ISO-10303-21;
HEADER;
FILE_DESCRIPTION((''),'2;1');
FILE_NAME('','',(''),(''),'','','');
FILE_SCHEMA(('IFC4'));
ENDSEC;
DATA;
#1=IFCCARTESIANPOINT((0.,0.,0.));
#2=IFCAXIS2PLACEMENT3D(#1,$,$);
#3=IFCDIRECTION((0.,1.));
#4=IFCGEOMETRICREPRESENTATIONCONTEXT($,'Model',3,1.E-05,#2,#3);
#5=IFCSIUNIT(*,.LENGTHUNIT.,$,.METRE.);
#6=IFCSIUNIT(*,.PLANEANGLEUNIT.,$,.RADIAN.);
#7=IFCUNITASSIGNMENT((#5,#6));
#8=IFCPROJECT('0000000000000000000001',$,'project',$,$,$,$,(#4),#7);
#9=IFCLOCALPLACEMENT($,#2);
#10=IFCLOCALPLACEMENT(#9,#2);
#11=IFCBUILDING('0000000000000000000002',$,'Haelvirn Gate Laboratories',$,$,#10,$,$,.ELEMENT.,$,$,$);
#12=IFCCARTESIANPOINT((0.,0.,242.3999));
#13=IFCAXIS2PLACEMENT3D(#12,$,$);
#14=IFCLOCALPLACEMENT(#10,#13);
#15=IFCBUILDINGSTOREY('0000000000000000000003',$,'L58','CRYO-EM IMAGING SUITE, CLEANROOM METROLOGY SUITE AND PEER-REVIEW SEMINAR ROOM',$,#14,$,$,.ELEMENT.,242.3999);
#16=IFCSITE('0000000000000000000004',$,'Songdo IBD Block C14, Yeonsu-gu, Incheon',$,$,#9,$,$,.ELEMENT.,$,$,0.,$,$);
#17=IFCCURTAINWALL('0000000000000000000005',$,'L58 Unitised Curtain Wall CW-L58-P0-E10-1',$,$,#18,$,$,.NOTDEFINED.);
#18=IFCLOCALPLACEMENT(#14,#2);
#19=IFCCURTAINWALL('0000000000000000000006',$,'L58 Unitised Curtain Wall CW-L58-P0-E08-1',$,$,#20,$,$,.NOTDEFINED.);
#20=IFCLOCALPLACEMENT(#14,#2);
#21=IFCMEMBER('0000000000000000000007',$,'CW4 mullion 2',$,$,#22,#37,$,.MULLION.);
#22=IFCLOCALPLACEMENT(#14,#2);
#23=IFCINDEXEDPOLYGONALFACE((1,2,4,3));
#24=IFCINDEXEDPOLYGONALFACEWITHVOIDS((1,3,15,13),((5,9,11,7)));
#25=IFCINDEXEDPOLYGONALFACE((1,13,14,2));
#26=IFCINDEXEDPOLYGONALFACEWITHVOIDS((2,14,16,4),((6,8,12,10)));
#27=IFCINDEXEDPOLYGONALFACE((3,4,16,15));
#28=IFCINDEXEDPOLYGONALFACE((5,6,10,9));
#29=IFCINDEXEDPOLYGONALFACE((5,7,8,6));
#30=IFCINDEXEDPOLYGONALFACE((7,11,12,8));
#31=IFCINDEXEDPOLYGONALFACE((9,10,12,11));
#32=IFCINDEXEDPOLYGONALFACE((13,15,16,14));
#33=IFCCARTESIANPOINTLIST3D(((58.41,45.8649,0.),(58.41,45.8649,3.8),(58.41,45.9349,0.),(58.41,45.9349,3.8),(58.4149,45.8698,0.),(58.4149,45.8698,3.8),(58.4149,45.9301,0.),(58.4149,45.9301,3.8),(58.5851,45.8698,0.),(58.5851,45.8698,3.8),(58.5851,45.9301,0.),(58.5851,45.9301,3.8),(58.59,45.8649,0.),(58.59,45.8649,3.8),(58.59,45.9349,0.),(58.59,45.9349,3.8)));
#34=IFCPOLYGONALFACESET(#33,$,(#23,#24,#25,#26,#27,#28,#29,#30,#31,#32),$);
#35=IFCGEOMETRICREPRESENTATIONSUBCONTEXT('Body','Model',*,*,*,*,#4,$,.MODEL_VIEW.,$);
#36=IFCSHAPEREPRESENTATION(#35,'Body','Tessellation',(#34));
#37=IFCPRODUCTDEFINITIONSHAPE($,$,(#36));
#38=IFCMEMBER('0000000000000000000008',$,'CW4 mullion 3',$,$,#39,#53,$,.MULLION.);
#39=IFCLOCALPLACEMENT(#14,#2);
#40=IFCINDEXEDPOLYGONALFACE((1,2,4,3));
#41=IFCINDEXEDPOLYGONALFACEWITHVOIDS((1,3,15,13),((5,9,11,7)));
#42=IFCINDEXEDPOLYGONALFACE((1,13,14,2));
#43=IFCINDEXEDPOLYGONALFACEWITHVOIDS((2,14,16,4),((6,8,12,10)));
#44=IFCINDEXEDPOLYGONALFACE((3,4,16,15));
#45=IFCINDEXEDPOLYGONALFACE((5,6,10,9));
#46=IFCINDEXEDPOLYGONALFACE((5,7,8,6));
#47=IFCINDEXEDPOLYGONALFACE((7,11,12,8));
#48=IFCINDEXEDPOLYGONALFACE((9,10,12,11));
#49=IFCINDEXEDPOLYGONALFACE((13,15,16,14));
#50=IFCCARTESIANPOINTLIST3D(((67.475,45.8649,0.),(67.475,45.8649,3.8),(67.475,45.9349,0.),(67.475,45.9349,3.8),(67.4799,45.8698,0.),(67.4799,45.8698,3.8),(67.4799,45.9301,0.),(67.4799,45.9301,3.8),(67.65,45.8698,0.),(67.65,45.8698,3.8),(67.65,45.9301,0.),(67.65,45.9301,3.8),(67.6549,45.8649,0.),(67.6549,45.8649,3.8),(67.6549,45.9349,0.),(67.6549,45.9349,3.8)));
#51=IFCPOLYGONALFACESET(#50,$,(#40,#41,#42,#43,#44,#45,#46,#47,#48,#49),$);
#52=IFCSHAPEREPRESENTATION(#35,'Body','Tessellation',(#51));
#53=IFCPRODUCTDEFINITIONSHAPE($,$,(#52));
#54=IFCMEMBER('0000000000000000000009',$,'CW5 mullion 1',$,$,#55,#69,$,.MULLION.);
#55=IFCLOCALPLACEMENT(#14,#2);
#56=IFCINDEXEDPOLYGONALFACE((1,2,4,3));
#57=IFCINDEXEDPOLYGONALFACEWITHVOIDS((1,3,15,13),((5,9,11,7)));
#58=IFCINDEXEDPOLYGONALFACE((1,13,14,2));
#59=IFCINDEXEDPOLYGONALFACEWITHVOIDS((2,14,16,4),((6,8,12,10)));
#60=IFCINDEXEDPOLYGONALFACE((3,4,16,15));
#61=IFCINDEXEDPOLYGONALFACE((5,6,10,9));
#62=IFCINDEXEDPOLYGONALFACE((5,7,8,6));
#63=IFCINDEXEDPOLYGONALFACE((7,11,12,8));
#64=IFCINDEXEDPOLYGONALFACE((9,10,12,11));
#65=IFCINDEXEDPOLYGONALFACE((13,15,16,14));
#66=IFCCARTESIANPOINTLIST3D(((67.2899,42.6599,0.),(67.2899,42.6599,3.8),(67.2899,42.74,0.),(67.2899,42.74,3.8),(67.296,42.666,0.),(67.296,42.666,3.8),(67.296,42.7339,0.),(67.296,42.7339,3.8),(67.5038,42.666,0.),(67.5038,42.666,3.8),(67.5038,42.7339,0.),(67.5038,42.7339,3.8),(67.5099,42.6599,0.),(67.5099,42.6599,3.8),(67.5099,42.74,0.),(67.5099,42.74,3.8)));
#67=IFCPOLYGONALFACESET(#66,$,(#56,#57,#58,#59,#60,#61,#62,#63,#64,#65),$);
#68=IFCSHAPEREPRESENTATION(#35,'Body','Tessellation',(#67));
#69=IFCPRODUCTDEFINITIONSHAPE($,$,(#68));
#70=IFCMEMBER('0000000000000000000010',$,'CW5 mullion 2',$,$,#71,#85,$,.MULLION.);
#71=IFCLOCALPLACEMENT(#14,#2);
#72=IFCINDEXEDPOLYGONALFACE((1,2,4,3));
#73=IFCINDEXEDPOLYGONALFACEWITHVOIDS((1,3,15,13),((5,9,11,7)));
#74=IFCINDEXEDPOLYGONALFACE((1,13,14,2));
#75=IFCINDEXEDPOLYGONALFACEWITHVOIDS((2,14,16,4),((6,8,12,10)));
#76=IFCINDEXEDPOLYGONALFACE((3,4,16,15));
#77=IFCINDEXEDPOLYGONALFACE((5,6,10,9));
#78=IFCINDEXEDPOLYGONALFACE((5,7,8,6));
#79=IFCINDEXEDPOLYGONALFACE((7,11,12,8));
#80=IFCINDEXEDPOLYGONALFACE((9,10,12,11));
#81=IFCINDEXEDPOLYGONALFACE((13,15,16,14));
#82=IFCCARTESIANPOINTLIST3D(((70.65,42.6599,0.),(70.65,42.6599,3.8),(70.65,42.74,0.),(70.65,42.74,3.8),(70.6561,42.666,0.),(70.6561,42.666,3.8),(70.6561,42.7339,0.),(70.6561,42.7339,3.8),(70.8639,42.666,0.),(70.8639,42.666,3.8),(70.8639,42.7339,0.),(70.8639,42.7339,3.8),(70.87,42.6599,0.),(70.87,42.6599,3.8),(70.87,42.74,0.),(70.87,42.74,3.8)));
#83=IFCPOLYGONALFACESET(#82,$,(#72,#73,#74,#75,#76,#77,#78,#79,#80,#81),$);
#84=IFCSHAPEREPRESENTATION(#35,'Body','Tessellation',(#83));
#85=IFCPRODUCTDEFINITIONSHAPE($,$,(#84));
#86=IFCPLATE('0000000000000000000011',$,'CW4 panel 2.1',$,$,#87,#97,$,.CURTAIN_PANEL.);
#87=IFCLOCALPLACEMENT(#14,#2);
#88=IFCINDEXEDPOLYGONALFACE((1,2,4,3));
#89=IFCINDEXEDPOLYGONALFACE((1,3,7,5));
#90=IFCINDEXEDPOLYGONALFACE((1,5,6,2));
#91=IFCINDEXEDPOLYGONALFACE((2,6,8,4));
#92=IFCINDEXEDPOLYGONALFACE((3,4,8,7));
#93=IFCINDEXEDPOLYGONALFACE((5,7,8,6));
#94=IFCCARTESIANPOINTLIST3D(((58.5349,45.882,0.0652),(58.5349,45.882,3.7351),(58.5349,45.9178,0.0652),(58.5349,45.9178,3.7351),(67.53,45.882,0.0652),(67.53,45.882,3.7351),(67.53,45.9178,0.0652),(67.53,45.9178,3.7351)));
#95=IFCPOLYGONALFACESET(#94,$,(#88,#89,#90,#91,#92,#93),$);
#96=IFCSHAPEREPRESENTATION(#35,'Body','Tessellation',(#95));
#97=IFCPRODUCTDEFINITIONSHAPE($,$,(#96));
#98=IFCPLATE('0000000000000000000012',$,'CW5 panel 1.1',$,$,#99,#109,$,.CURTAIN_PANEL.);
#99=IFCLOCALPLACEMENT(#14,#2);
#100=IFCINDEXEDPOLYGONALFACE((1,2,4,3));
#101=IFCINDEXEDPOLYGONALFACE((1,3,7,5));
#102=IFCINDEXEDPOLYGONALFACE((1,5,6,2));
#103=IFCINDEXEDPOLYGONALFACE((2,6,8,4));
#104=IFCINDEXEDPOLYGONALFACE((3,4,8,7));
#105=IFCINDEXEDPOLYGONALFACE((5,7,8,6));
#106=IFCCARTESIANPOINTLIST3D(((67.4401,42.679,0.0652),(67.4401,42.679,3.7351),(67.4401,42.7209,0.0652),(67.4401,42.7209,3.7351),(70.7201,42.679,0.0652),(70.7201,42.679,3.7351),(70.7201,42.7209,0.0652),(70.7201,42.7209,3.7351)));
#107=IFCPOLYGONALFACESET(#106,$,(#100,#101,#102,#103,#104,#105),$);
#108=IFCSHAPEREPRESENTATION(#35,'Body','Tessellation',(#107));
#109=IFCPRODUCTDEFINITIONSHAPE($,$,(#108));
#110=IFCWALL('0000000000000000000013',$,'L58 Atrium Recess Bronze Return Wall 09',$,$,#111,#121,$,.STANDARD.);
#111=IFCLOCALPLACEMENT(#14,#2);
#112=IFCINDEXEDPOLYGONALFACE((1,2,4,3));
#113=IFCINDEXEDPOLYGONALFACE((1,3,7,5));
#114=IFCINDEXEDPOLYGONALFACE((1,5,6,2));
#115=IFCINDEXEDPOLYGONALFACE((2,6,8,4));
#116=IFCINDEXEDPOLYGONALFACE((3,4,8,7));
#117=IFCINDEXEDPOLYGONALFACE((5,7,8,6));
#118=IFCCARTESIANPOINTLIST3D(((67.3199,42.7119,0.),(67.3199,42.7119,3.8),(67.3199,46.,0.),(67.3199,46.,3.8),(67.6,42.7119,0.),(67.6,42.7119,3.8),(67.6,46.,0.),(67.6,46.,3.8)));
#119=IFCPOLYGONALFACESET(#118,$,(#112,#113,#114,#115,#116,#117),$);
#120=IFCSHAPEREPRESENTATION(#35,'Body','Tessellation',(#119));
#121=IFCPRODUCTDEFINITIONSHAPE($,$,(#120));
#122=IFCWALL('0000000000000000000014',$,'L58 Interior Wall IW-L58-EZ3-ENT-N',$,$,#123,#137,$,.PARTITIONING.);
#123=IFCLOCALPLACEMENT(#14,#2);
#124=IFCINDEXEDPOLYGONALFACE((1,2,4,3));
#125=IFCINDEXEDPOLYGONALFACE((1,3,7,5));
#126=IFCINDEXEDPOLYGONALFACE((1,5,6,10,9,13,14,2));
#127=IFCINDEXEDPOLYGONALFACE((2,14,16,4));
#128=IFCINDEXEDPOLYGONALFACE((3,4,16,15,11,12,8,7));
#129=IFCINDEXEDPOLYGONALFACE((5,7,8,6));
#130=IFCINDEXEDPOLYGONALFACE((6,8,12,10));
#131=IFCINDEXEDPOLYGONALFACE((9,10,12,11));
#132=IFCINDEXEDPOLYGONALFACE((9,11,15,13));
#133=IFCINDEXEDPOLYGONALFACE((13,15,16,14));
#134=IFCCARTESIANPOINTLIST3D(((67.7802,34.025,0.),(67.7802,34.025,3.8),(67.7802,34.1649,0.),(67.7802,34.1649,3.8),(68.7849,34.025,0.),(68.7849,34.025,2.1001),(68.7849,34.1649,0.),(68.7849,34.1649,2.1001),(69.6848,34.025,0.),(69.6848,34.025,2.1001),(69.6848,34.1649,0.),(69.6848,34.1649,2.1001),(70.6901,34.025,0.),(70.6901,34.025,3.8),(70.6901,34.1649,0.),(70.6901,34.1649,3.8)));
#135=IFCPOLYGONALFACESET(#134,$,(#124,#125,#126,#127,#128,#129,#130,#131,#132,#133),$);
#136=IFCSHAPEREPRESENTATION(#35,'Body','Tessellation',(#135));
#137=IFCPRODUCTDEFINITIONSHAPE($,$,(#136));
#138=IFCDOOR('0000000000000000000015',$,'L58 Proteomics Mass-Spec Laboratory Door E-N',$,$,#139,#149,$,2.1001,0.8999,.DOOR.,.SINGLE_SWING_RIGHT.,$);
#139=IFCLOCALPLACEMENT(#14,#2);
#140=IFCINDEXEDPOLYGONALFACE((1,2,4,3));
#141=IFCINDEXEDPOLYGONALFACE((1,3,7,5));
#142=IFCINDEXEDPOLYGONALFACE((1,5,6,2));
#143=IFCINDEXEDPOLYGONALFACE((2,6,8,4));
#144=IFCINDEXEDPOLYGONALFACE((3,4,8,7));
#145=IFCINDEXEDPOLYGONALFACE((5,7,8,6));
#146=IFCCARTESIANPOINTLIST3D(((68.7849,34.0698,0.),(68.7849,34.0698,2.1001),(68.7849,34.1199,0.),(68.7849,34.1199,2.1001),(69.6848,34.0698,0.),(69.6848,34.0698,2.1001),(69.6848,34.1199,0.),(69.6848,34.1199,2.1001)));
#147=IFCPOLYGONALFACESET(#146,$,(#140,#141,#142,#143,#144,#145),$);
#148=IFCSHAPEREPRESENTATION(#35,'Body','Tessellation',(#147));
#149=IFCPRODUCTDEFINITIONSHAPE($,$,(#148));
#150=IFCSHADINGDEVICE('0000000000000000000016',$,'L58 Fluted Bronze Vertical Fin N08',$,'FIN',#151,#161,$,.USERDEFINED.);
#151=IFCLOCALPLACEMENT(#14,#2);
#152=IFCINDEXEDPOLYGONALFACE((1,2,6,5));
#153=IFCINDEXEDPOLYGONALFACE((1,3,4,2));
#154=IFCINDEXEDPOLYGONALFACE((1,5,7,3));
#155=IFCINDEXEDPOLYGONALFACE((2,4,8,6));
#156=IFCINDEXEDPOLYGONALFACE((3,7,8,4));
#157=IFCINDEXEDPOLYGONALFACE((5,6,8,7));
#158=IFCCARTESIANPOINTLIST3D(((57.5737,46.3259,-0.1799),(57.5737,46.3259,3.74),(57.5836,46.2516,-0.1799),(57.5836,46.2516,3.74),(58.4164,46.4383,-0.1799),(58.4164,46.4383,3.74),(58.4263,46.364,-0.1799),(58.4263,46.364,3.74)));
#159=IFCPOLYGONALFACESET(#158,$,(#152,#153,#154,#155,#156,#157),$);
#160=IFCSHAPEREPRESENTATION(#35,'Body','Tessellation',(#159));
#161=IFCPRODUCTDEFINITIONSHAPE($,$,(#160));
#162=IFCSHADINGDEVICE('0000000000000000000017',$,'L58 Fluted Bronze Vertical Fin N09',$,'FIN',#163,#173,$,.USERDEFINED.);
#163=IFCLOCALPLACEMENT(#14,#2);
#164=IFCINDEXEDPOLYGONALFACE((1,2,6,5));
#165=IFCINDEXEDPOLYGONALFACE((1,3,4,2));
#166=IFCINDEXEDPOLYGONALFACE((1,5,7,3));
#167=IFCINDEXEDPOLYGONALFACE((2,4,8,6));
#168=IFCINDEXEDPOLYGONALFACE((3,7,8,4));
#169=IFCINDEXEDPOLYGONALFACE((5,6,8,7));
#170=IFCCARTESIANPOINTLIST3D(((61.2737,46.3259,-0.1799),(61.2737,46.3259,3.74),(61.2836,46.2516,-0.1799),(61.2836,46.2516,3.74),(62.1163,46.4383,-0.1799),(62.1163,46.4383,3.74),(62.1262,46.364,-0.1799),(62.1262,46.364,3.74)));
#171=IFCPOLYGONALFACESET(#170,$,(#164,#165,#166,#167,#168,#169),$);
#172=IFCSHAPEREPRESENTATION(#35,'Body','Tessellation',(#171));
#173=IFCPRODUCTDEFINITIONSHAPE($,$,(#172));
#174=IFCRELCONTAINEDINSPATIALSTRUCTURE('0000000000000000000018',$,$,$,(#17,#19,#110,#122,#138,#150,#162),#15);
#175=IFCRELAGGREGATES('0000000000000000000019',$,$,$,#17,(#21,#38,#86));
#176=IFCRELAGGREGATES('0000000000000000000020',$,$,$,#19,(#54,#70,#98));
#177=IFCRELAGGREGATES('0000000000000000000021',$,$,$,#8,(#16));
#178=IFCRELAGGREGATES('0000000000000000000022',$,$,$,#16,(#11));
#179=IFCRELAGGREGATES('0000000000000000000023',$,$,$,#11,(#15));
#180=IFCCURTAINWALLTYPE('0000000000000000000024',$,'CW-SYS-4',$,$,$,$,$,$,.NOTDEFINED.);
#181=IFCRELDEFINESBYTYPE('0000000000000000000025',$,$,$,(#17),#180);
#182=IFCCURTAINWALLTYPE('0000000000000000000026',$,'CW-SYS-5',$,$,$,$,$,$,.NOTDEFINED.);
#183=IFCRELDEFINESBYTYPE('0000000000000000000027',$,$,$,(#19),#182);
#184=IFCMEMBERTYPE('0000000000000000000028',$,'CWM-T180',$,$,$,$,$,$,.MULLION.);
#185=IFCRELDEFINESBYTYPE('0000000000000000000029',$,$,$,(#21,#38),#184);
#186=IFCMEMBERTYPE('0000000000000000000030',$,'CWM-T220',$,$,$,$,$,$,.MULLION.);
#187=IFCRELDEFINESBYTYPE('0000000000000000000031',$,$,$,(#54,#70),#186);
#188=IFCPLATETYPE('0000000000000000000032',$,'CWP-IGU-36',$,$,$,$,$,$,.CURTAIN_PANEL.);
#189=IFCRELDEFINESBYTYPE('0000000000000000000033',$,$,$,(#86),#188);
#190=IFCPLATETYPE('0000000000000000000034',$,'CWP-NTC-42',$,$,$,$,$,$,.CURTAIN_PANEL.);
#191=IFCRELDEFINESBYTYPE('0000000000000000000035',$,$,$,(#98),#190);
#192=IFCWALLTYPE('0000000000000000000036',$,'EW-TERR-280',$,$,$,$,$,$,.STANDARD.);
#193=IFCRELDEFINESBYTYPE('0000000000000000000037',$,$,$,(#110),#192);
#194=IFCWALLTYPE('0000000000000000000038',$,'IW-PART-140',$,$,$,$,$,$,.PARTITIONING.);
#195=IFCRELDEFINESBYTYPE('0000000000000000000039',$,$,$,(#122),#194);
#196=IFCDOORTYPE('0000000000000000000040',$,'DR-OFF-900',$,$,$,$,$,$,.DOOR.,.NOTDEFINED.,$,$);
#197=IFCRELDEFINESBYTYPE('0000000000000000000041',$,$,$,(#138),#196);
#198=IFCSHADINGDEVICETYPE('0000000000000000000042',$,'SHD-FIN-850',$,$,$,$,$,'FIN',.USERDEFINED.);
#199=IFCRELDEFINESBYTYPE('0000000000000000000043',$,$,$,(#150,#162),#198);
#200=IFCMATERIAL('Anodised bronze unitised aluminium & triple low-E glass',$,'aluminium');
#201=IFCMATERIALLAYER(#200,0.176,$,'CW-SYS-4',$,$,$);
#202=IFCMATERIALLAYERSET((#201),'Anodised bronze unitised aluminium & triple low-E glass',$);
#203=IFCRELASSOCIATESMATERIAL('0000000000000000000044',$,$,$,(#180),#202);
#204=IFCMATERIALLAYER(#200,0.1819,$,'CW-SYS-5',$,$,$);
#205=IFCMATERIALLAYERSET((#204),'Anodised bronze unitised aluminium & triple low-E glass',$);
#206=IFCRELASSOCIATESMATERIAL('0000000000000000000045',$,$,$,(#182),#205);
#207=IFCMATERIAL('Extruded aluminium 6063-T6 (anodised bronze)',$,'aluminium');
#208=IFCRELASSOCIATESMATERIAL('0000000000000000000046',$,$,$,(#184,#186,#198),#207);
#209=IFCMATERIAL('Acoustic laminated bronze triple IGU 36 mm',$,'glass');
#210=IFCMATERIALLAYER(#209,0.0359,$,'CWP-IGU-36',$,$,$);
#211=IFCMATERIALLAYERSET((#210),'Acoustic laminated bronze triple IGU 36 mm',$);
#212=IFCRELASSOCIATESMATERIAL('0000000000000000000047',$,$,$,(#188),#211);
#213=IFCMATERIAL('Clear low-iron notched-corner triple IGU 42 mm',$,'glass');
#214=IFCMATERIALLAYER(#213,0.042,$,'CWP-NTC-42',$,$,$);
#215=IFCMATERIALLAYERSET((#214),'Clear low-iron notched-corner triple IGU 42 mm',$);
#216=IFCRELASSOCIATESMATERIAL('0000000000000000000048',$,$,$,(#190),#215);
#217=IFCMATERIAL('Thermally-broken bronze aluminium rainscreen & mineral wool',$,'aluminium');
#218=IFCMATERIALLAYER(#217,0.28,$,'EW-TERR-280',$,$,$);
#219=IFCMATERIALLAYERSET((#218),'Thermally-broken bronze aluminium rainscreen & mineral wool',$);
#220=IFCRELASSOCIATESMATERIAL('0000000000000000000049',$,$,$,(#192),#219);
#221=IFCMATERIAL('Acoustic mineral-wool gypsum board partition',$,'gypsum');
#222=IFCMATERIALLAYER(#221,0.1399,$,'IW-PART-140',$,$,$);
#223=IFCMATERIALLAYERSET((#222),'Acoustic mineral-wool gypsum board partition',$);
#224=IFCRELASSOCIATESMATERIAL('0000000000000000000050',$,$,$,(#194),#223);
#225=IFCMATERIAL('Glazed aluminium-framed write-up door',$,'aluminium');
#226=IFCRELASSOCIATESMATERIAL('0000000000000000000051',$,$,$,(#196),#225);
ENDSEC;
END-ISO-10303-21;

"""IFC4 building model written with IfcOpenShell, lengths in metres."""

from ifc_helpers import new_model, si_unit, direction, frame, frame_2d, origin, origin_2d, place, context, subcontext, project, spatial, rectangle, hollow_rectangle, extrude, source, transform, mapped, material, layer, layer_set, material_profile, profile_set, type_object, type_shapes, element, fill, aggregate, save


model = new_model("IFC4")

# Units and contexts
model_context = context("Model", 3, precision=1e-05, world=origin(), true_north=direction((0.0, 1.0)))
body_context = subcontext(model_context, "Body", "Model", "MODEL_VIEW")
ifc_project = project(units=[si_unit("LENGTHUNIT", "METRE"), si_unit("PLANEANGLEUNIT", "RADIAN")], contexts=[model_context])

# Site, building, storey
site_placement = place(None, origin())
site = spatial("IfcSite", under=ifc_project, at=site_placement, Name="Songdo IBD Block C14, Yeonsu-gu, Incheon", CompositionType="ELEMENT", RefElevation=0.0)
building_placement = place(site_placement, origin())
building = spatial("IfcBuilding", under=site, at=building_placement, Name="Haelvirn Gate Laboratories", CompositionType="ELEMENT")
storey_placement = place(building_placement, frame((0.0, 0.0, 242.3999)))
storey = spatial("IfcBuildingStorey", under=building, at=storey_placement, Name="L58", Description="CRYO-EM IMAGING SUITE, CLEANROOM METROLOGY SUITE AND PEER-REVIEW SEMINAR ROOM", CompositionType="ELEMENT", Elevation=242.3999)

# Curtain walls
ifc_material_1 = material(Name="Anodised bronze unitised aluminium & triple low-E glass", Category="aluminium")
ifc_layer_1 = layer(ifc_material_1, 0.176, Name="CW-SYS-4")
ifc_layer_set_1 = layer_set([ifc_layer_1], Name="Anodised bronze unitised aluminium & triple low-E glass")
curtain_wall_type_1 = type_object("IfcCurtainWallType", Name="CW-SYS-4", PredefinedType="NOTDEFINED", material=ifc_layer_set_1)
curtain_wall_1_placement = place(storey_placement, origin())
curtain_wall_1 = element("IfcCurtainWall", 1, at=curtain_wall_1_placement, inside=storey, type_object=curtain_wall_type_1, Name="L58 Unitised Curtain Wall CW-L58-P0-E10-1", PredefinedType="NOTDEFINED")
ifc_material_2 = material(Name="Extruded aluminium 6063-T6 (anodised bronze)", Category="aluminium")
ifc_layer_2 = layer(ifc_material_1, 0.1819, Name="CW-SYS-5")
ifc_layer_set_2 = layer_set([ifc_layer_2], Name="Anodised bronze unitised aluminium & triple low-E glass")
curtain_wall_type_2 = type_object("IfcCurtainWallType", Name="CW-SYS-5", PredefinedType="NOTDEFINED", material=ifc_layer_set_2)
curtain_wall_2_placement = place(storey_placement, origin())
curtain_wall_2 = element("IfcCurtainWall", 2, at=curtain_wall_2_placement, inside=storey, type_object=curtain_wall_type_2, Name="L58 Unitised Curtain Wall CW-L58-P0-E08-1", PredefinedType="NOTDEFINED")

# Shared definitions
ifc_material_profile_1 = material_profile(ifc_material_2, hollow_rectangle(XDim=0.0701, YDim=0.1799, WallThickness=0.0049, at=origin_2d()), Name="CWM-180x70x5")
ifc_profile_set_1 = profile_set([ifc_material_profile_1], Name="Extruded aluminium 6063-T6 (anodised bronze)")
member_type_1 = type_object("IfcMemberType", Name="CWM-T180", PredefinedType="MULLION", material=ifc_profile_set_1)
shared_shape_1 = source(origin(), body_context, "Body", "SweptSolid", [
    extrude(hollow_rectangle(XDim=0.0701, YDim=0.1799, WallThickness=0.0049, at=origin_2d()), origin(), (0.0, 0.0, 1.0), 3.8),
])
type_shapes(member_type_1, [shared_shape_1])

# Members
member_1_placement = place(storey_placement, frame((58.5, 45.8999, 0.0), z_axis=(0.0, 0.0, 1.0), x_axis=(0.0, 1.0, 0.0)))
member_1 = element("IfcMember", 3, at=member_1_placement, type_object=member_type_1, Name="CW4 mullion 2", PredefinedType="MULLION", context=body_context, shape_type="MappedRepresentation", body=[
    mapped(shared_shape_1, transform((0.0, 0.0, 0.0), scale=1.0)),
])
member_2_placement = place(storey_placement, frame((67.5649, 45.8999, 0.0), z_axis=(0.0, 0.0, 1.0), x_axis=(0.0, 1.0, 0.0)))
member_2 = element("IfcMember", 4, at=member_2_placement, type_object=member_type_1, Name="CW4 mullion 3", PredefinedType="MULLION", context=body_context, shape_type="MappedRepresentation", body=[
    mapped(shared_shape_1, transform((0.0, 0.0, 0.0), scale=1.0)),
])
ifc_material_profile_2 = material_profile(ifc_material_2, hollow_rectangle(XDim=0.0801, YDim=0.22, WallThickness=0.0061, at=origin_2d()), Name="CWM-220x80x6")
ifc_profile_set_2 = profile_set([ifc_material_profile_2], Name="Extruded aluminium 6063-T6 (anodised bronze)")
member_type_2 = type_object("IfcMemberType", Name="CWM-T220", PredefinedType="MULLION", material=ifc_profile_set_2)
shared_shape_2 = source(origin(), body_context, "Body", "SweptSolid", [
    extrude(hollow_rectangle(XDim=0.0801, YDim=0.22, WallThickness=0.0061, at=origin_2d()), origin(), (0.0, 0.0, 1.0), 3.8),
])
type_shapes(member_type_2, [shared_shape_2])
member_3_placement = place(storey_placement, frame((67.3999, 42.7, 0.0), z_axis=(0.0, 0.0, 1.0), x_axis=(0.0, 1.0, 0.0)))
member_3 = element("IfcMember", 5, at=member_3_placement, type_object=member_type_2, Name="CW5 mullion 1", PredefinedType="MULLION", context=body_context, shape_type="MappedRepresentation", body=[
    mapped(shared_shape_2, transform((0.0, 0.0, 0.0), scale=1.0)),
])
member_4_placement = place(storey_placement, frame((70.76, 42.7, 0.0), z_axis=(0.0, 0.0, 1.0), x_axis=(0.0, 1.0, 0.0)))
member_4 = element("IfcMember", 6, at=member_4_placement, type_object=member_type_2, Name="CW5 mullion 2", PredefinedType="MULLION", context=body_context, shape_type="MappedRepresentation", body=[
    mapped(shared_shape_2, transform((0.0, 0.0, 0.0), scale=1.0)),
])

# Plates
ifc_material_3 = material(Name="Acoustic laminated bronze triple IGU 36 mm", Category="glass")
ifc_layer_3 = layer(ifc_material_3, 0.0359, Name="CWP-IGU-36")
ifc_layer_set_3 = layer_set([ifc_layer_3], Name="Acoustic laminated bronze triple IGU 36 mm")
plate_type_1 = type_object("IfcPlateType", Name="CWP-IGU-36", PredefinedType="CURTAIN_PANEL", material=ifc_layer_set_3)
shared_shape_3 = source(origin(), body_context, "Body", "SweptSolid", [
    extrude(rectangle(XDim=8.9951, YDim=0.0359, at=origin_2d()), origin(), (0.0, 0.0, 1.0), 3.6699),
])
type_shapes(plate_type_1, [shared_shape_3])
plate_1_placement = place(storey_placement, frame((63.0325, 45.8999, 0.0652), z_axis=(0.0, 0.0, 1.0), x_axis=(1.0, 0.0, 0.0)))
plate_1 = element("IfcPlate", 7, at=plate_1_placement, type_object=plate_type_1, Name="CW4 panel 2.1", PredefinedType="CURTAIN_PANEL", context=body_context, shape_type="MappedRepresentation", body=[
    mapped(shared_shape_3, transform((0.0, 0.0, 0.0), scale=1.0)),
])
aggregate(curtain_wall_1, [member_1, member_2, plate_1])
ifc_material_4 = material(Name="Clear low-iron notched-corner triple IGU 42 mm", Category="glass")
ifc_layer_4 = layer(ifc_material_4, 0.042, Name="CWP-NTC-42")
ifc_layer_set_4 = layer_set([ifc_layer_4], Name="Clear low-iron notched-corner triple IGU 42 mm")
plate_type_2 = type_object("IfcPlateType", Name="CWP-NTC-42", PredefinedType="CURTAIN_PANEL", material=ifc_layer_set_4)
shared_shape_4 = source(origin(), body_context, "Body", "SweptSolid", [
    extrude(rectangle(XDim=3.28, YDim=0.042, at=origin_2d()), origin(), (0.0, 0.0, 1.0), 3.6699),
])
type_shapes(plate_type_2, [shared_shape_4])
plate_2_placement = place(storey_placement, frame((69.0801, 42.7, 0.0652), z_axis=(0.0, 0.0, 1.0), x_axis=(1.0, 0.0, 0.0)))
plate_2 = element("IfcPlate", 8, at=plate_2_placement, type_object=plate_type_2, Name="CW5 panel 1.1", PredefinedType="CURTAIN_PANEL", context=body_context, shape_type="MappedRepresentation", body=[
    mapped(shared_shape_4, transform((0.0, 0.0, 0.0), scale=1.0)),
])
aggregate(curtain_wall_2, [member_3, member_4, plate_2])

# Wall
ifc_material_5 = material(Name="Thermally-broken bronze aluminium rainscreen & mineral wool", Category="aluminium")
ifc_layer_5 = layer(ifc_material_5, 0.28, Name="EW-TERR-280")
ifc_layer_set_5 = layer_set([ifc_layer_5], Name="Thermally-broken bronze aluminium rainscreen & mineral wool")
wall_type_1 = type_object("IfcWallType", Name="EW-TERR-280", PredefinedType="STANDARD", material=ifc_layer_set_5)
wall_1_placement = place(storey_placement, frame((67.46, 42.7119, 0.0), z_axis=(0.0, 0.0, 1.0), x_axis=(0.0, 1.0, 0.0)))
element("IfcWall", 9, at=wall_1_placement, inside=storey, type_object=wall_type_1, Name="L58 Atrium Recess Bronze Return Wall 09", PredefinedType="STANDARD", context=body_context, shape_type="SweptSolid", body=[
    extrude(rectangle(XDim=3.2881, YDim=0.28, at=frame_2d((1.644, 0.0))), origin(), (0.0, 0.0, 1.0), 3.8),
])

# Wall, opening, door
ifc_material_6 = material(Name="Acoustic mineral-wool gypsum board partition", Category="gypsum")
ifc_layer_6 = layer(ifc_material_6, 0.1399, Name="IW-PART-140")
ifc_layer_set_6 = layer_set([ifc_layer_6], Name="Acoustic mineral-wool gypsum board partition")
wall_type_2 = type_object("IfcWallType", Name="IW-PART-140", PredefinedType="PARTITIONING", material=ifc_layer_set_6)
wall_2_placement = place(storey_placement, frame((67.78, 34.095, 0.0), z_axis=(0.0, 0.0, 1.0), x_axis=(1.0, 0.0, 0.0)))
wall_2 = element("IfcWall", 10, at=wall_2_placement, inside=storey, type_object=wall_type_2, Name="L58 Interior Wall IW-L58-EZ3-ENT-N", PredefinedType="PARTITIONING", context=body_context, shape_type="SweptSolid", body=[
    extrude(rectangle(XDim=2.9099, YDim=0.1399, at=frame_2d((1.4551, 0.0))), origin(), (0.0, 0.0, 1.0), 3.8),
])
opening_placement = place(wall_2_placement, frame((1.0049, 0.0, 0.0)))
opening = element("IfcOpeningElement", 11, at=opening_placement, cuts=wall_2, PredefinedType="OPENING", context=body_context, shape_type="SweptSolid", body=[
    extrude(rectangle(XDim=0.8999, YDim=2.1001, at=frame_2d((0.45, 1.05))), frame((0.0, 0.0801, 0.0), z_axis=(0.0, -1.0, 0.0), x_axis=(1.0, 0.0, 0.0)), (0.0, 0.0, 1.0), 0.1599),
])
ifc_material_7 = material(Name="Glazed aluminium-framed write-up door", Category="aluminium")
door_type = type_object("IfcDoorType", Name="DR-OFF-900", OperationType="NOTDEFINED", PredefinedType="DOOR", material=ifc_material_7)
shared_shape_5 = source(origin(), body_context, "Body", "SweptSolid", [
    extrude(rectangle(XDim=0.8999, YDim=2.1001, at=frame_2d((0.45, 1.05))), frame((0.0, 0.0249, 0.0), z_axis=(0.0, -1.0, 0.0), x_axis=(1.0, 0.0, 0.0)), (0.0, 0.0, 1.0), 0.05),
])
type_shapes(door_type, [shared_shape_5])
door_placement = place(opening_placement, origin())
door = element("IfcDoor", 12, at=door_placement, inside=storey, type_object=door_type, Name="L58 Proteomics Mass-Spec Laboratory Door E-N", OperationType="SINGLE_SWING_RIGHT", OverallHeight=2.1001, OverallWidth=0.8999, PredefinedType="DOOR", context=body_context, shape_type="MappedRepresentation", body=[
    mapped(shared_shape_5, transform((0.0, 0.0, 0.0), scale=1.0)),
])
fill(opening, door)

# Shading devices
ifc_material_profile_3 = material_profile(ifc_material_2, rectangle(XDim=0.075, YDim=0.8501, at=origin_2d()), Name="FIN-850x75")
ifc_profile_set_3 = profile_set([ifc_material_profile_3], Name="Extruded aluminium 6063-T6 (anodised bronze)")
shading_device_type = type_object("IfcShadingDeviceType", Name="SHD-FIN-850", ElementType="FIN", PredefinedType="USERDEFINED", material=ifc_profile_set_3)
shared_shape_6 = source(origin(), body_context, "Body", "SweptSolid", [
    extrude(rectangle(XDim=0.075, YDim=0.8501, at=origin_2d()), origin(), (0.0, 0.0, 1.0), 3.9199),
])
type_shapes(shading_device_type, [shared_shape_6])
for number, where, z_axis, x_axis, name in (
    (13, (58.0, 46.345, -0.1799), (0.0, 0.0, 1.0), (-0.132256, 0.991216, 0.0), "L58 Fluted Bronze Vertical Fin N08"),
    (14, (61.7, 46.345, -0.1799), (0.0, 0.0, 1.0), (-0.132256, 0.991216, 0.0), "L58 Fluted Bronze Vertical Fin N09"),
):
    element("IfcShadingDevice", number, at=place(storey_placement, frame(where, z_axis=z_axis, x_axis=x_axis)), inside=storey, type_object=shading_device_type, Name=name, ObjectType="FIN", PredefinedType="USERDEFINED", context=body_context, shape_type="MappedRepresentation", body=[
        mapped(shared_shape_6, transform((0.0, 0.0, 0.0), scale=1.0)),
    ])

save(model, "model.ifc")
